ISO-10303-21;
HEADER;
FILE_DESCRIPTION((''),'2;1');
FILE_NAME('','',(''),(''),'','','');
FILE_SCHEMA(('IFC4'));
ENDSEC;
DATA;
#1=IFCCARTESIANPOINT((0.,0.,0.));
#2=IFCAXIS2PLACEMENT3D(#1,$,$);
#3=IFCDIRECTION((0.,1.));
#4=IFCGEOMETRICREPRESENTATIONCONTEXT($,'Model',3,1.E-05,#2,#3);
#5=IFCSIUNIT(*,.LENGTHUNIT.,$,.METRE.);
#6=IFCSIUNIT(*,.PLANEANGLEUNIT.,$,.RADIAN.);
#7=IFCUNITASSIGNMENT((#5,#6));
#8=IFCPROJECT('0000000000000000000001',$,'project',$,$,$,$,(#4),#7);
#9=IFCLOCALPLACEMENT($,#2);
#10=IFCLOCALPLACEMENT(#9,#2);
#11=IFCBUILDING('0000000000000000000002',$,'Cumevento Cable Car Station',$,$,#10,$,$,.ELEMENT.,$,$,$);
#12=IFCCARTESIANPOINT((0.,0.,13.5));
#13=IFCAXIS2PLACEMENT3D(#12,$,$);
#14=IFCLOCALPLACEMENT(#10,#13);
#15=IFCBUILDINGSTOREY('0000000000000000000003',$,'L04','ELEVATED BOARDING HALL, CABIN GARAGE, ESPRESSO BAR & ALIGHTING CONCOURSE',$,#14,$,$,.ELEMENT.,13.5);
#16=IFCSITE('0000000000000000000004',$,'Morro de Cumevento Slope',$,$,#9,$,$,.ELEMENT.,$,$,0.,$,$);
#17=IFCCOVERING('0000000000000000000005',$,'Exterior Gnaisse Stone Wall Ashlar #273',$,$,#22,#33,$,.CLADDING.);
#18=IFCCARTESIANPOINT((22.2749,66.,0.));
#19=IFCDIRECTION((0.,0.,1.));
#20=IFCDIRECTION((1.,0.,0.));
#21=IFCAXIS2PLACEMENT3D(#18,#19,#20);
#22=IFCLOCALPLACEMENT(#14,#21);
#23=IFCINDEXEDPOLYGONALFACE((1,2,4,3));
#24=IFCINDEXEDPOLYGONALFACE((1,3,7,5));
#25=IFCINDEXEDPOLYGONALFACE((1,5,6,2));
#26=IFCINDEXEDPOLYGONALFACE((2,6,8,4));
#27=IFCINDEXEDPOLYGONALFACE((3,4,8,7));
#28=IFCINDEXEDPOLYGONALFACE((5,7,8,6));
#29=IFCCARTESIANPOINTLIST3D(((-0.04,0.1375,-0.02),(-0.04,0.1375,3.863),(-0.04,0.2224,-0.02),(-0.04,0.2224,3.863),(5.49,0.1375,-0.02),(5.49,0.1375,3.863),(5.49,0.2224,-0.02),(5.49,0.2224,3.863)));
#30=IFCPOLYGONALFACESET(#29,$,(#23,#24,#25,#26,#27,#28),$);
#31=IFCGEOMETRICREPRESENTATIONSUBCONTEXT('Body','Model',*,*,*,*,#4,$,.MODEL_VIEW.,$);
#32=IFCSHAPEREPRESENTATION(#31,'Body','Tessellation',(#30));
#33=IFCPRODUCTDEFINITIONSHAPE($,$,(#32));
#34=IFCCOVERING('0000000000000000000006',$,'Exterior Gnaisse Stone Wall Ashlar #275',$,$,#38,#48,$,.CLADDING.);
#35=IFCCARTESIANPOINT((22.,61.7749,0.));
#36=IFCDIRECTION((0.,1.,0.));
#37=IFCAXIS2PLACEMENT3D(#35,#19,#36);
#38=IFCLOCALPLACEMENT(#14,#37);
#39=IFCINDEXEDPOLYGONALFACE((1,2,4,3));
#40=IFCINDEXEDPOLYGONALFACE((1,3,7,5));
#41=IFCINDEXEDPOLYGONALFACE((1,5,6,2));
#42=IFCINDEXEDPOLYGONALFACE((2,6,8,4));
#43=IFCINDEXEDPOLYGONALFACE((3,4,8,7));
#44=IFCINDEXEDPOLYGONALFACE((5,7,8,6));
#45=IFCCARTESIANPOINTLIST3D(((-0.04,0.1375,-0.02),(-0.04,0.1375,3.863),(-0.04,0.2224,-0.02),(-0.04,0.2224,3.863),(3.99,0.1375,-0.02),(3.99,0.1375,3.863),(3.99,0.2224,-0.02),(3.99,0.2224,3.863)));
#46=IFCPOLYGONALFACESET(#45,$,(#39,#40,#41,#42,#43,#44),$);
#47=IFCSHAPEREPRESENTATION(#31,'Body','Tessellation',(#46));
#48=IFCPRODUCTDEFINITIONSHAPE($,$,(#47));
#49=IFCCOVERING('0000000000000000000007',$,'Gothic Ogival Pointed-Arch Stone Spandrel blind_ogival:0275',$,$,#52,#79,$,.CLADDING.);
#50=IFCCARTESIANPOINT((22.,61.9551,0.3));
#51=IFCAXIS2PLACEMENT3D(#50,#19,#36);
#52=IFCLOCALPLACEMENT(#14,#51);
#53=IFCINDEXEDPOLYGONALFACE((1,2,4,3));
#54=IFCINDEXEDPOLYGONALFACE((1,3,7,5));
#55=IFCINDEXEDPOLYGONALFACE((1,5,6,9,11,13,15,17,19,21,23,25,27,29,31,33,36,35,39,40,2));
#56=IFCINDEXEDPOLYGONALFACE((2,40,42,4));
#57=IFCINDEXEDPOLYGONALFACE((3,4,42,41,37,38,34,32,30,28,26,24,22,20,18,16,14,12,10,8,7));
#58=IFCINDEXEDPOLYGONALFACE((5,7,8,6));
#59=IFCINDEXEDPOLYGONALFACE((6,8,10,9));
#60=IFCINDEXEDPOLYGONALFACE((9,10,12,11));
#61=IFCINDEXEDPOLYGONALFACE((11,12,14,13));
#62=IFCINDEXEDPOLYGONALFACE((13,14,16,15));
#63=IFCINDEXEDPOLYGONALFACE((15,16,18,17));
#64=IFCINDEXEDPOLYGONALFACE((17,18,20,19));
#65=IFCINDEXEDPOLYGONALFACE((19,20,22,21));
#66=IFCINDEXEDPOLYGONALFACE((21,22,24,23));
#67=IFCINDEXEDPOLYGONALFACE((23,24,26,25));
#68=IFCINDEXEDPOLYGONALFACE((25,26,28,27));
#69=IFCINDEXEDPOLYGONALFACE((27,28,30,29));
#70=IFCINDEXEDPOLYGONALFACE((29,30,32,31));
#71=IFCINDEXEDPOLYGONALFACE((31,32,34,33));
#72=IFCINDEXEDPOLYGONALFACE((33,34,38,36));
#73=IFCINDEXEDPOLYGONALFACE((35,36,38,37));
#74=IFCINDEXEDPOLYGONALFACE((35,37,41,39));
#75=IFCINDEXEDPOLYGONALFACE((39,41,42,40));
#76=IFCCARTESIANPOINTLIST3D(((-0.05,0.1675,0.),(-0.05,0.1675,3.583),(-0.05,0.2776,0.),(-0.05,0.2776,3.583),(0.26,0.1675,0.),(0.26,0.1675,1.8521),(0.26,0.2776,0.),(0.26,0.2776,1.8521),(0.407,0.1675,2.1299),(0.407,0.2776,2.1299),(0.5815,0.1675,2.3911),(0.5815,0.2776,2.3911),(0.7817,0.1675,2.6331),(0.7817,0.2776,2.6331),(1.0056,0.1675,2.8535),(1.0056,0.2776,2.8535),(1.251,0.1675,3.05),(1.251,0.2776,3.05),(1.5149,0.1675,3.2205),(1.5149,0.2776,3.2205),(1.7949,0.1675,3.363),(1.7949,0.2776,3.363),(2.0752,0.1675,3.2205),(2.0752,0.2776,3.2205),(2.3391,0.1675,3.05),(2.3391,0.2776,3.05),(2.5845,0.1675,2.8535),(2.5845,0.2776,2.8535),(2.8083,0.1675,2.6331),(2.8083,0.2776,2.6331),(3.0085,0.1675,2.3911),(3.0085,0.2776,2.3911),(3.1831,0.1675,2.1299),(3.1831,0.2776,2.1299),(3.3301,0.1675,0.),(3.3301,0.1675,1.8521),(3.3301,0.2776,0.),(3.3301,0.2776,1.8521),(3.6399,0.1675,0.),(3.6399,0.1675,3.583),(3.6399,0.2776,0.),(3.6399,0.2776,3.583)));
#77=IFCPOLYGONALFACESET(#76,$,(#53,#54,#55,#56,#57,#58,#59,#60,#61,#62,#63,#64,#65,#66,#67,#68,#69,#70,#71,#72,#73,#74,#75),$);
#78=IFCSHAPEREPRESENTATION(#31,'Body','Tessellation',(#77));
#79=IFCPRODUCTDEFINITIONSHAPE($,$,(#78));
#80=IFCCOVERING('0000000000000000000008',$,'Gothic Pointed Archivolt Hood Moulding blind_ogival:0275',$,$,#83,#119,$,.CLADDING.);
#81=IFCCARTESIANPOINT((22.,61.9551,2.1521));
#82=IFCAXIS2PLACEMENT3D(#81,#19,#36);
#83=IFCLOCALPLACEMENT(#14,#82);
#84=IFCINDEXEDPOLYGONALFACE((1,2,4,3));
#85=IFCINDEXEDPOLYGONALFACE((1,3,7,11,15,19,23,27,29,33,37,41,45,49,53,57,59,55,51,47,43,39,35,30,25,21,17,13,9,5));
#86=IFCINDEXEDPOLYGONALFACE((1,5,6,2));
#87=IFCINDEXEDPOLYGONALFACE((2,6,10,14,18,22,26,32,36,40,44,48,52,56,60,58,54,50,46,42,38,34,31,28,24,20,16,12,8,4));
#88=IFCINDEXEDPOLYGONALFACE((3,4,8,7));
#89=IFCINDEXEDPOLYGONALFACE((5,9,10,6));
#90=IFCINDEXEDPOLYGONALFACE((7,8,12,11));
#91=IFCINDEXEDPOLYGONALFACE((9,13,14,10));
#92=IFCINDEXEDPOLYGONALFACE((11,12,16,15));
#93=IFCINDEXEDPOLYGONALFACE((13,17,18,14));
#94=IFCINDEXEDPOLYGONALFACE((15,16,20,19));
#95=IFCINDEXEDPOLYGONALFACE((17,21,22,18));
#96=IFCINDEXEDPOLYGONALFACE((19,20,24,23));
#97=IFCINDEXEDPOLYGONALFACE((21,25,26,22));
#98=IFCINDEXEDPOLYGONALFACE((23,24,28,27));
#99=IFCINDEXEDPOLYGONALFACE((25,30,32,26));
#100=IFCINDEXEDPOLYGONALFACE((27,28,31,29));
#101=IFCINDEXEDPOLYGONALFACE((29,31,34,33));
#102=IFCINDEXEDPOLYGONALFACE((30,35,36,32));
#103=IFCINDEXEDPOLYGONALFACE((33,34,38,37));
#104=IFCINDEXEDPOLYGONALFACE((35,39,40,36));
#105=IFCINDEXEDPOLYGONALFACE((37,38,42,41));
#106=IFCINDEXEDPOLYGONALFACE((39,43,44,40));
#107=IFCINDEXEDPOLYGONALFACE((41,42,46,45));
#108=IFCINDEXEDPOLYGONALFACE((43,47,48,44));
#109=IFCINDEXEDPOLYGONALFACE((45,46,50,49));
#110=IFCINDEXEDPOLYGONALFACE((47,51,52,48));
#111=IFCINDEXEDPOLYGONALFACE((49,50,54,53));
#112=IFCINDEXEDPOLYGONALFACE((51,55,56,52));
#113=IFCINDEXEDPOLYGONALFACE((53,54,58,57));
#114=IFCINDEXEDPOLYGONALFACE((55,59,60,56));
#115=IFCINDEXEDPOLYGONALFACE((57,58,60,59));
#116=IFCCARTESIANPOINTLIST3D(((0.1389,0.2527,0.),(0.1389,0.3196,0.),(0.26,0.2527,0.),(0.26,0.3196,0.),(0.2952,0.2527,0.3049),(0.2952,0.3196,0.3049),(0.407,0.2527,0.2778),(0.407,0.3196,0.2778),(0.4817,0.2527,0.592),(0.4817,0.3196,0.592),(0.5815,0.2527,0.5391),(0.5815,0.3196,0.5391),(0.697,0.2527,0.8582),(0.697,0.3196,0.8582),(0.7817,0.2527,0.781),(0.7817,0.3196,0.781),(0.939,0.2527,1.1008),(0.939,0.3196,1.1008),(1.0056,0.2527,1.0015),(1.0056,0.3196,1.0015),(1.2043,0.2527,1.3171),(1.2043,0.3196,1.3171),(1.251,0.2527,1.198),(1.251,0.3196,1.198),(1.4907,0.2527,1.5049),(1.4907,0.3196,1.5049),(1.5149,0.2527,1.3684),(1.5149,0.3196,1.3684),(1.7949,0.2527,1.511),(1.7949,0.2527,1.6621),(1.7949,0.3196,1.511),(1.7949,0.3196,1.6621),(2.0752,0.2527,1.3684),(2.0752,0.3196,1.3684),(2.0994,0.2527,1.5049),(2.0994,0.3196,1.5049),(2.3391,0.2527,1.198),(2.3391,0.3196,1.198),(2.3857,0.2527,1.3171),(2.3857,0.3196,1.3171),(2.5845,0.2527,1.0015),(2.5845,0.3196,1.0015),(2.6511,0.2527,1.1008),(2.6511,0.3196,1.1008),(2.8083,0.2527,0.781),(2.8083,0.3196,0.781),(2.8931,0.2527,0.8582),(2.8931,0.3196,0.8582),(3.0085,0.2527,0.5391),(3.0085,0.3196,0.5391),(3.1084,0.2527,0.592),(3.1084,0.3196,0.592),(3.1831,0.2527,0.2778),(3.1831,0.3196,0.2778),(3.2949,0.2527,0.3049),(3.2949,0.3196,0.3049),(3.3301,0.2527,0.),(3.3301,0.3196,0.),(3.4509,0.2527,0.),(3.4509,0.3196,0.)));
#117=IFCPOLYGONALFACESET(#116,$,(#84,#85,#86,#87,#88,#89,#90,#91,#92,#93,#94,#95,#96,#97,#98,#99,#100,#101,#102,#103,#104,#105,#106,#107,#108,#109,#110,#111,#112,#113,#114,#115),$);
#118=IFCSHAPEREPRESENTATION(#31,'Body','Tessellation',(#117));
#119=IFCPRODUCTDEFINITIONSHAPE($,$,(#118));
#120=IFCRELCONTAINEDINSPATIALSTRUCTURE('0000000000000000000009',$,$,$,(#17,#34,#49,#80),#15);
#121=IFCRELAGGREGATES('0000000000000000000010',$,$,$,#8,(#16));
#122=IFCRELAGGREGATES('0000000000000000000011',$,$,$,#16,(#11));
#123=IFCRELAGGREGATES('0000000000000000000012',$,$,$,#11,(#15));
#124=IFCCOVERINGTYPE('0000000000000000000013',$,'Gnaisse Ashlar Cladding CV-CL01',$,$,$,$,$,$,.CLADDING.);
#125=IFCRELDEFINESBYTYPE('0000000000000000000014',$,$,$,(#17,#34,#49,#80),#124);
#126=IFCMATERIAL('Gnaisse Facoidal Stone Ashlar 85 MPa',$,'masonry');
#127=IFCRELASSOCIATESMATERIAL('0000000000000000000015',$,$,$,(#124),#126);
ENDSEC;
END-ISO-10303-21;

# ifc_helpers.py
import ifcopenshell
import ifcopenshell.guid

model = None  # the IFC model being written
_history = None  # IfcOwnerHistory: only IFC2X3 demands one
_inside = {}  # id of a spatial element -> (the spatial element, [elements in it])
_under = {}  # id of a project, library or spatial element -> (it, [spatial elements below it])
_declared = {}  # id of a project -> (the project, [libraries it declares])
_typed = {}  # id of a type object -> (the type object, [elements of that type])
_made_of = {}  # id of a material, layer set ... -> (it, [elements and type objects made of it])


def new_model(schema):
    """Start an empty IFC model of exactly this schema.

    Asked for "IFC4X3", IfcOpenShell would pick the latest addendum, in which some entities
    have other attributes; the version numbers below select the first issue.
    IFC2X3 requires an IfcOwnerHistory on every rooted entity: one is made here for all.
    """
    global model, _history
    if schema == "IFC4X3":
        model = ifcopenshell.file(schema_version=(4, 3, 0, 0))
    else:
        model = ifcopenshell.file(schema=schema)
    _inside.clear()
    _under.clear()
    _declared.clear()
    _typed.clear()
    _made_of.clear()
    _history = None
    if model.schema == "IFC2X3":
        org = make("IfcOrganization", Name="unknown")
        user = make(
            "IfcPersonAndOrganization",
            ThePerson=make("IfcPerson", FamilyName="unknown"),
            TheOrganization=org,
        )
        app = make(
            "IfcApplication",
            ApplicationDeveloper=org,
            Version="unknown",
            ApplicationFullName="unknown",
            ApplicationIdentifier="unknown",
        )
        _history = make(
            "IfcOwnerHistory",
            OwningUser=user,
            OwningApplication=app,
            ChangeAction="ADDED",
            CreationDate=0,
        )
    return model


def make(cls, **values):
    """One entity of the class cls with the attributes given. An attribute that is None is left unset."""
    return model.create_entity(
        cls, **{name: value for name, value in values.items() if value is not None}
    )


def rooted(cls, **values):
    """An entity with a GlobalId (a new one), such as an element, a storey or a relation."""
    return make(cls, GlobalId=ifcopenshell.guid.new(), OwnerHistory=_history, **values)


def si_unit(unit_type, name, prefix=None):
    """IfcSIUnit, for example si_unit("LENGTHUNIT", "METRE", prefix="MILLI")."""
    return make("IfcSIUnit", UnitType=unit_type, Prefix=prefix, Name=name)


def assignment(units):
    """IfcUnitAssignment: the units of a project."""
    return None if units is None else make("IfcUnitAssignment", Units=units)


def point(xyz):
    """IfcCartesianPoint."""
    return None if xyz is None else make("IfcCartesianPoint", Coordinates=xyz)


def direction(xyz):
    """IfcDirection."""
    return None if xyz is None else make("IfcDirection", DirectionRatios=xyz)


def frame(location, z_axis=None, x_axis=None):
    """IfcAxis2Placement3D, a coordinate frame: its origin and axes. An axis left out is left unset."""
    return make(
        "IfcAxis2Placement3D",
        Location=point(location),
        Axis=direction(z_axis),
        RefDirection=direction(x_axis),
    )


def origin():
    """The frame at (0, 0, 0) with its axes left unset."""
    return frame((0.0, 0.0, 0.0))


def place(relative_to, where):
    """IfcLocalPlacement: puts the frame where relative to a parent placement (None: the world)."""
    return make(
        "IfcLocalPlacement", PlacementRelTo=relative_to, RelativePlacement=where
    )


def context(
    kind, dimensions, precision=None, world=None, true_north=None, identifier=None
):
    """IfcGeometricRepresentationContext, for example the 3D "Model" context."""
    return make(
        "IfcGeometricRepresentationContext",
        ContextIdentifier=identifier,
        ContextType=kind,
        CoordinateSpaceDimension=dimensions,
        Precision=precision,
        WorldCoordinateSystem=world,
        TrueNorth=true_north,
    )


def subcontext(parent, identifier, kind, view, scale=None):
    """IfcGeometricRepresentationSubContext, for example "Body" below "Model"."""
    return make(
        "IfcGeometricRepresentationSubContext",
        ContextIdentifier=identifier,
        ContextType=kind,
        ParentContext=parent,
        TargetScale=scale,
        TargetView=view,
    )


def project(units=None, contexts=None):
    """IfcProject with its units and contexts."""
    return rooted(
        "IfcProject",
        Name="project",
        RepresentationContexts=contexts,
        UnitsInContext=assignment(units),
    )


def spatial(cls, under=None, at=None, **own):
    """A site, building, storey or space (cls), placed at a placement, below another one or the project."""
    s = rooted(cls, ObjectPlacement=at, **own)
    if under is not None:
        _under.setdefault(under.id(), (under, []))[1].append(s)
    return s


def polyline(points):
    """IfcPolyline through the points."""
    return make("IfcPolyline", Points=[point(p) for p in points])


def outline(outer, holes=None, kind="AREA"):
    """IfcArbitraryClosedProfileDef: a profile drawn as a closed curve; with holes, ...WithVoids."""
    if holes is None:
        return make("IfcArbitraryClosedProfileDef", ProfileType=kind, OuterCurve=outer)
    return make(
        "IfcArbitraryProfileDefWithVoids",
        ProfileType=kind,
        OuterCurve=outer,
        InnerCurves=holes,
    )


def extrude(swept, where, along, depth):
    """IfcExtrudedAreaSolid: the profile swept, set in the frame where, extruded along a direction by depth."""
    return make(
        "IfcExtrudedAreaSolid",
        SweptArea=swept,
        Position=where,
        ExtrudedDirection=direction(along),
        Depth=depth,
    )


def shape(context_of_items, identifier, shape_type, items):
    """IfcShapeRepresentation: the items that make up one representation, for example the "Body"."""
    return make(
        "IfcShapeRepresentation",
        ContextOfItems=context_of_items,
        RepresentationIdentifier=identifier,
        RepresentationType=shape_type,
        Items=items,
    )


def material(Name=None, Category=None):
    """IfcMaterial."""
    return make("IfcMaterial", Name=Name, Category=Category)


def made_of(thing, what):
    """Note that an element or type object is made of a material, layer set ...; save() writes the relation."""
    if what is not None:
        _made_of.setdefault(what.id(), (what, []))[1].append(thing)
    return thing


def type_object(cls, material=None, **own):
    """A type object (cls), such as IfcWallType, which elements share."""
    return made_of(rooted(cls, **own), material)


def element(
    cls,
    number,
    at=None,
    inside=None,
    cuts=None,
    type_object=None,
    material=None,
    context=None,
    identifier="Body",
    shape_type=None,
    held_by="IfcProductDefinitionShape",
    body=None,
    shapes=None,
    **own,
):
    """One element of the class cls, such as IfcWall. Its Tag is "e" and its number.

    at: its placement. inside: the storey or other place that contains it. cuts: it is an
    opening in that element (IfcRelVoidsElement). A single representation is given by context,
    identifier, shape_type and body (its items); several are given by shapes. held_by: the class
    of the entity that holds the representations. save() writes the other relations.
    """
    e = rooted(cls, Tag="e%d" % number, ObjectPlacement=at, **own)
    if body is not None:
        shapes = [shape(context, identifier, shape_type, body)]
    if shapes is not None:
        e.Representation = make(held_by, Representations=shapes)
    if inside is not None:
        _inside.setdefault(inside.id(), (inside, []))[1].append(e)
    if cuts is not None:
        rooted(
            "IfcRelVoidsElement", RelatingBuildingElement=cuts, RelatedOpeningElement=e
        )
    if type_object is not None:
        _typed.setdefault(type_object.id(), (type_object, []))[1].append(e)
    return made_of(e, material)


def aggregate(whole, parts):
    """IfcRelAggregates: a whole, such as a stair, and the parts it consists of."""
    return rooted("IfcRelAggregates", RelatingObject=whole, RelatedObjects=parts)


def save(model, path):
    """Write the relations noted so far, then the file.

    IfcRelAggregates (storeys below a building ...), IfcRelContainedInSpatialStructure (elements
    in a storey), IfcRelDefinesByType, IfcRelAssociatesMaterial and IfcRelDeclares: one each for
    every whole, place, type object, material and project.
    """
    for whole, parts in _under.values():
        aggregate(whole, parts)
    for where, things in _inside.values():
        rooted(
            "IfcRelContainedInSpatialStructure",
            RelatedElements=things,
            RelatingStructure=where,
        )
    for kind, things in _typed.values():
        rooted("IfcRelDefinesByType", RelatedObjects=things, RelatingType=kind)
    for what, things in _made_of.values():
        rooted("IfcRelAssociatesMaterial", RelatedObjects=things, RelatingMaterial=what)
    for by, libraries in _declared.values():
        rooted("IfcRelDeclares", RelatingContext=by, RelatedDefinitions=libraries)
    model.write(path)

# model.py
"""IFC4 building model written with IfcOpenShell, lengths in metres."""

from ifc_helpers import new_model, si_unit, direction, frame, origin, place, context, subcontext, project, spatial, polyline, outline, extrude, material, type_object, element, save


model = new_model("IFC4")

# Units and contexts
model_context = context("Model", 3, precision=1e-05, world=origin(), true_north=direction((0.0, 1.0)))
body_context = subcontext(model_context, "Body", "Model", "MODEL_VIEW")
ifc_project = project(units=[si_unit("LENGTHUNIT", "METRE"), si_unit("PLANEANGLEUNIT", "RADIAN")], contexts=[model_context])

# Site, building, storey
site_placement = place(None, origin())
site = spatial("IfcSite", under=ifc_project, at=site_placement, Name="Morro de Cumevento Slope", CompositionType="ELEMENT", RefElevation=0.0)
building_placement = place(site_placement, origin())
building = spatial("IfcBuilding", under=site, at=building_placement, Name="Cumevento Cable Car Station", CompositionType="ELEMENT")
storey_placement = place(building_placement, frame((0.0, 0.0, 13.5)))
storey = spatial("IfcBuildingStorey", under=building, at=storey_placement, Name="L04", Description="ELEVATED BOARDING HALL, CABIN GARAGE, ESPRESSO BAR & ALIGHTING CONCOURSE", CompositionType="ELEMENT", Elevation=13.5)

# Coverings
ifc_material_1 = material(Name="Gnaisse Facoidal Stone Ashlar 85 MPa", Category="masonry")
covering_type = type_object("IfcCoveringType", Name="Gnaisse Ashlar Cladding CV-CL01", PredefinedType="CLADDING", material=ifc_material_1)
covering_1_placement = place(storey_placement, frame((22.2749, 66.0, 0.0), z_axis=(0.0, 0.0, 1.0), x_axis=(1.0, 0.0, 0.0)))
element("IfcCovering", 1, at=covering_1_placement, inside=storey, type_object=covering_type, Name="Exterior Gnaisse Stone Wall Ashlar #273", PredefinedType="CLADDING", context=body_context, shape_type="SweptSolid", body=[
    extrude(outline(polyline([(-0.04, -0.02), (5.49, -0.02), (5.49, 3.863), (-0.04, 3.863), (-0.04, -0.02)])), frame((0.0, 0.2224, 0.0), z_axis=(0.0, -1.0, 0.0), x_axis=(1.0, 0.0, 0.0)), (0.0, 0.0, 1.0), 0.085),
])
covering_2_placement = place(storey_placement, frame((22.0, 61.7749, 0.0), z_axis=(0.0, 0.0, 1.0), x_axis=(0.0, 1.0, 0.0)))
element("IfcCovering", 2, at=covering_2_placement, inside=storey, type_object=covering_type, Name="Exterior Gnaisse Stone Wall Ashlar #275", PredefinedType="CLADDING", context=body_context, shape_type="SweptSolid", body=[
    extrude(outline(polyline([(-0.04, -0.02), (3.99, -0.02), (3.99, 3.863), (-0.04, 3.863), (-0.04, -0.02)])), frame((0.0, 0.2224, 0.0), z_axis=(0.0, -1.0, 0.0), x_axis=(1.0, 0.0, 0.0)), (0.0, 0.0, 1.0), 0.085),
])
covering_3_placement = place(storey_placement, frame((22.0, 61.9551, 0.3), z_axis=(0.0, 0.0, 1.0), x_axis=(0.0, 1.0, 0.0)))
element("IfcCovering", 3, at=covering_3_placement, inside=storey, type_object=covering_type, Name="Gothic Ogival Pointed-Arch Stone Spandrel blind_ogival:0275", PredefinedType="CLADDING", context=body_context, shape_type="SweptSolid", body=[
    extrude(outline(polyline([(-0.05, 0.0), (-0.05, 3.583), (3.6399, 3.583), (3.6399, 0.0), (3.3301, 0.0), (3.3301, 1.8521), (3.1831, 2.1299), (3.0085, 2.3911), (2.8083, 2.6331), (2.5845, 2.8535), (2.3391, 3.05), (2.0752, 3.2205), (1.7949, 3.363), (1.5149, 3.2205), (1.251, 3.05), (1.0056, 2.8535), (0.7817, 2.6331), (0.5815, 2.3911), (0.407, 2.1299), (0.26, 1.8521), (0.26, 0.0), (-0.05, 0.0)])), frame((0.0, 0.2776, 0.0), z_axis=(0.0, -1.0, 0.0), x_axis=(1.0, 0.0, 0.0)), (0.0, 0.0, 1.0), 0.1101),
])
covering_4_placement = place(storey_placement, frame((22.0, 61.9551, 2.1521), z_axis=(0.0, 0.0, 1.0), x_axis=(0.0, 1.0, 0.0)))
element("IfcCovering", 4, at=covering_4_placement, inside=storey, type_object=covering_type, Name="Gothic Pointed Archivolt Hood Moulding blind_ogival:0275", PredefinedType="CLADDING", context=body_context, shape_type="SweptSolid", body=[
    extrude(outline(polyline([(0.26, 0.0), (0.407, 0.2778), (0.5815, 0.5391), (0.7817, 0.781), (1.0056, 1.0015), (1.251, 1.198), (1.5149, 1.3684), (1.7949, 1.511), (2.0752, 1.3684), (2.3391, 1.198), (2.5845, 1.0015), (2.8083, 0.781), (3.0085, 0.5391), (3.1831, 0.2778), (3.3301, 0.0), (3.4509, 0.0), (3.2949, 0.3049), (3.1084, 0.592), (2.8931, 0.8582), (2.6511, 1.1008), (2.3857, 1.3171), (2.0994, 1.5049), (1.7949, 1.6621), (1.4907, 1.5049), (1.2043, 1.3171), (0.939, 1.1008), (0.697, 0.8582), (0.4817, 0.592), (0.2952, 0.3049), (0.1389, 0.0), (0.26, 0.0)])), frame((0.0, 0.3196, 0.0), z_axis=(0.0, -1.0, 0.0), x_axis=(1.0, 0.0, 0.0)), (0.0, 0.0, 1.0), 0.0669),
])

save(model, "model.ifc")
